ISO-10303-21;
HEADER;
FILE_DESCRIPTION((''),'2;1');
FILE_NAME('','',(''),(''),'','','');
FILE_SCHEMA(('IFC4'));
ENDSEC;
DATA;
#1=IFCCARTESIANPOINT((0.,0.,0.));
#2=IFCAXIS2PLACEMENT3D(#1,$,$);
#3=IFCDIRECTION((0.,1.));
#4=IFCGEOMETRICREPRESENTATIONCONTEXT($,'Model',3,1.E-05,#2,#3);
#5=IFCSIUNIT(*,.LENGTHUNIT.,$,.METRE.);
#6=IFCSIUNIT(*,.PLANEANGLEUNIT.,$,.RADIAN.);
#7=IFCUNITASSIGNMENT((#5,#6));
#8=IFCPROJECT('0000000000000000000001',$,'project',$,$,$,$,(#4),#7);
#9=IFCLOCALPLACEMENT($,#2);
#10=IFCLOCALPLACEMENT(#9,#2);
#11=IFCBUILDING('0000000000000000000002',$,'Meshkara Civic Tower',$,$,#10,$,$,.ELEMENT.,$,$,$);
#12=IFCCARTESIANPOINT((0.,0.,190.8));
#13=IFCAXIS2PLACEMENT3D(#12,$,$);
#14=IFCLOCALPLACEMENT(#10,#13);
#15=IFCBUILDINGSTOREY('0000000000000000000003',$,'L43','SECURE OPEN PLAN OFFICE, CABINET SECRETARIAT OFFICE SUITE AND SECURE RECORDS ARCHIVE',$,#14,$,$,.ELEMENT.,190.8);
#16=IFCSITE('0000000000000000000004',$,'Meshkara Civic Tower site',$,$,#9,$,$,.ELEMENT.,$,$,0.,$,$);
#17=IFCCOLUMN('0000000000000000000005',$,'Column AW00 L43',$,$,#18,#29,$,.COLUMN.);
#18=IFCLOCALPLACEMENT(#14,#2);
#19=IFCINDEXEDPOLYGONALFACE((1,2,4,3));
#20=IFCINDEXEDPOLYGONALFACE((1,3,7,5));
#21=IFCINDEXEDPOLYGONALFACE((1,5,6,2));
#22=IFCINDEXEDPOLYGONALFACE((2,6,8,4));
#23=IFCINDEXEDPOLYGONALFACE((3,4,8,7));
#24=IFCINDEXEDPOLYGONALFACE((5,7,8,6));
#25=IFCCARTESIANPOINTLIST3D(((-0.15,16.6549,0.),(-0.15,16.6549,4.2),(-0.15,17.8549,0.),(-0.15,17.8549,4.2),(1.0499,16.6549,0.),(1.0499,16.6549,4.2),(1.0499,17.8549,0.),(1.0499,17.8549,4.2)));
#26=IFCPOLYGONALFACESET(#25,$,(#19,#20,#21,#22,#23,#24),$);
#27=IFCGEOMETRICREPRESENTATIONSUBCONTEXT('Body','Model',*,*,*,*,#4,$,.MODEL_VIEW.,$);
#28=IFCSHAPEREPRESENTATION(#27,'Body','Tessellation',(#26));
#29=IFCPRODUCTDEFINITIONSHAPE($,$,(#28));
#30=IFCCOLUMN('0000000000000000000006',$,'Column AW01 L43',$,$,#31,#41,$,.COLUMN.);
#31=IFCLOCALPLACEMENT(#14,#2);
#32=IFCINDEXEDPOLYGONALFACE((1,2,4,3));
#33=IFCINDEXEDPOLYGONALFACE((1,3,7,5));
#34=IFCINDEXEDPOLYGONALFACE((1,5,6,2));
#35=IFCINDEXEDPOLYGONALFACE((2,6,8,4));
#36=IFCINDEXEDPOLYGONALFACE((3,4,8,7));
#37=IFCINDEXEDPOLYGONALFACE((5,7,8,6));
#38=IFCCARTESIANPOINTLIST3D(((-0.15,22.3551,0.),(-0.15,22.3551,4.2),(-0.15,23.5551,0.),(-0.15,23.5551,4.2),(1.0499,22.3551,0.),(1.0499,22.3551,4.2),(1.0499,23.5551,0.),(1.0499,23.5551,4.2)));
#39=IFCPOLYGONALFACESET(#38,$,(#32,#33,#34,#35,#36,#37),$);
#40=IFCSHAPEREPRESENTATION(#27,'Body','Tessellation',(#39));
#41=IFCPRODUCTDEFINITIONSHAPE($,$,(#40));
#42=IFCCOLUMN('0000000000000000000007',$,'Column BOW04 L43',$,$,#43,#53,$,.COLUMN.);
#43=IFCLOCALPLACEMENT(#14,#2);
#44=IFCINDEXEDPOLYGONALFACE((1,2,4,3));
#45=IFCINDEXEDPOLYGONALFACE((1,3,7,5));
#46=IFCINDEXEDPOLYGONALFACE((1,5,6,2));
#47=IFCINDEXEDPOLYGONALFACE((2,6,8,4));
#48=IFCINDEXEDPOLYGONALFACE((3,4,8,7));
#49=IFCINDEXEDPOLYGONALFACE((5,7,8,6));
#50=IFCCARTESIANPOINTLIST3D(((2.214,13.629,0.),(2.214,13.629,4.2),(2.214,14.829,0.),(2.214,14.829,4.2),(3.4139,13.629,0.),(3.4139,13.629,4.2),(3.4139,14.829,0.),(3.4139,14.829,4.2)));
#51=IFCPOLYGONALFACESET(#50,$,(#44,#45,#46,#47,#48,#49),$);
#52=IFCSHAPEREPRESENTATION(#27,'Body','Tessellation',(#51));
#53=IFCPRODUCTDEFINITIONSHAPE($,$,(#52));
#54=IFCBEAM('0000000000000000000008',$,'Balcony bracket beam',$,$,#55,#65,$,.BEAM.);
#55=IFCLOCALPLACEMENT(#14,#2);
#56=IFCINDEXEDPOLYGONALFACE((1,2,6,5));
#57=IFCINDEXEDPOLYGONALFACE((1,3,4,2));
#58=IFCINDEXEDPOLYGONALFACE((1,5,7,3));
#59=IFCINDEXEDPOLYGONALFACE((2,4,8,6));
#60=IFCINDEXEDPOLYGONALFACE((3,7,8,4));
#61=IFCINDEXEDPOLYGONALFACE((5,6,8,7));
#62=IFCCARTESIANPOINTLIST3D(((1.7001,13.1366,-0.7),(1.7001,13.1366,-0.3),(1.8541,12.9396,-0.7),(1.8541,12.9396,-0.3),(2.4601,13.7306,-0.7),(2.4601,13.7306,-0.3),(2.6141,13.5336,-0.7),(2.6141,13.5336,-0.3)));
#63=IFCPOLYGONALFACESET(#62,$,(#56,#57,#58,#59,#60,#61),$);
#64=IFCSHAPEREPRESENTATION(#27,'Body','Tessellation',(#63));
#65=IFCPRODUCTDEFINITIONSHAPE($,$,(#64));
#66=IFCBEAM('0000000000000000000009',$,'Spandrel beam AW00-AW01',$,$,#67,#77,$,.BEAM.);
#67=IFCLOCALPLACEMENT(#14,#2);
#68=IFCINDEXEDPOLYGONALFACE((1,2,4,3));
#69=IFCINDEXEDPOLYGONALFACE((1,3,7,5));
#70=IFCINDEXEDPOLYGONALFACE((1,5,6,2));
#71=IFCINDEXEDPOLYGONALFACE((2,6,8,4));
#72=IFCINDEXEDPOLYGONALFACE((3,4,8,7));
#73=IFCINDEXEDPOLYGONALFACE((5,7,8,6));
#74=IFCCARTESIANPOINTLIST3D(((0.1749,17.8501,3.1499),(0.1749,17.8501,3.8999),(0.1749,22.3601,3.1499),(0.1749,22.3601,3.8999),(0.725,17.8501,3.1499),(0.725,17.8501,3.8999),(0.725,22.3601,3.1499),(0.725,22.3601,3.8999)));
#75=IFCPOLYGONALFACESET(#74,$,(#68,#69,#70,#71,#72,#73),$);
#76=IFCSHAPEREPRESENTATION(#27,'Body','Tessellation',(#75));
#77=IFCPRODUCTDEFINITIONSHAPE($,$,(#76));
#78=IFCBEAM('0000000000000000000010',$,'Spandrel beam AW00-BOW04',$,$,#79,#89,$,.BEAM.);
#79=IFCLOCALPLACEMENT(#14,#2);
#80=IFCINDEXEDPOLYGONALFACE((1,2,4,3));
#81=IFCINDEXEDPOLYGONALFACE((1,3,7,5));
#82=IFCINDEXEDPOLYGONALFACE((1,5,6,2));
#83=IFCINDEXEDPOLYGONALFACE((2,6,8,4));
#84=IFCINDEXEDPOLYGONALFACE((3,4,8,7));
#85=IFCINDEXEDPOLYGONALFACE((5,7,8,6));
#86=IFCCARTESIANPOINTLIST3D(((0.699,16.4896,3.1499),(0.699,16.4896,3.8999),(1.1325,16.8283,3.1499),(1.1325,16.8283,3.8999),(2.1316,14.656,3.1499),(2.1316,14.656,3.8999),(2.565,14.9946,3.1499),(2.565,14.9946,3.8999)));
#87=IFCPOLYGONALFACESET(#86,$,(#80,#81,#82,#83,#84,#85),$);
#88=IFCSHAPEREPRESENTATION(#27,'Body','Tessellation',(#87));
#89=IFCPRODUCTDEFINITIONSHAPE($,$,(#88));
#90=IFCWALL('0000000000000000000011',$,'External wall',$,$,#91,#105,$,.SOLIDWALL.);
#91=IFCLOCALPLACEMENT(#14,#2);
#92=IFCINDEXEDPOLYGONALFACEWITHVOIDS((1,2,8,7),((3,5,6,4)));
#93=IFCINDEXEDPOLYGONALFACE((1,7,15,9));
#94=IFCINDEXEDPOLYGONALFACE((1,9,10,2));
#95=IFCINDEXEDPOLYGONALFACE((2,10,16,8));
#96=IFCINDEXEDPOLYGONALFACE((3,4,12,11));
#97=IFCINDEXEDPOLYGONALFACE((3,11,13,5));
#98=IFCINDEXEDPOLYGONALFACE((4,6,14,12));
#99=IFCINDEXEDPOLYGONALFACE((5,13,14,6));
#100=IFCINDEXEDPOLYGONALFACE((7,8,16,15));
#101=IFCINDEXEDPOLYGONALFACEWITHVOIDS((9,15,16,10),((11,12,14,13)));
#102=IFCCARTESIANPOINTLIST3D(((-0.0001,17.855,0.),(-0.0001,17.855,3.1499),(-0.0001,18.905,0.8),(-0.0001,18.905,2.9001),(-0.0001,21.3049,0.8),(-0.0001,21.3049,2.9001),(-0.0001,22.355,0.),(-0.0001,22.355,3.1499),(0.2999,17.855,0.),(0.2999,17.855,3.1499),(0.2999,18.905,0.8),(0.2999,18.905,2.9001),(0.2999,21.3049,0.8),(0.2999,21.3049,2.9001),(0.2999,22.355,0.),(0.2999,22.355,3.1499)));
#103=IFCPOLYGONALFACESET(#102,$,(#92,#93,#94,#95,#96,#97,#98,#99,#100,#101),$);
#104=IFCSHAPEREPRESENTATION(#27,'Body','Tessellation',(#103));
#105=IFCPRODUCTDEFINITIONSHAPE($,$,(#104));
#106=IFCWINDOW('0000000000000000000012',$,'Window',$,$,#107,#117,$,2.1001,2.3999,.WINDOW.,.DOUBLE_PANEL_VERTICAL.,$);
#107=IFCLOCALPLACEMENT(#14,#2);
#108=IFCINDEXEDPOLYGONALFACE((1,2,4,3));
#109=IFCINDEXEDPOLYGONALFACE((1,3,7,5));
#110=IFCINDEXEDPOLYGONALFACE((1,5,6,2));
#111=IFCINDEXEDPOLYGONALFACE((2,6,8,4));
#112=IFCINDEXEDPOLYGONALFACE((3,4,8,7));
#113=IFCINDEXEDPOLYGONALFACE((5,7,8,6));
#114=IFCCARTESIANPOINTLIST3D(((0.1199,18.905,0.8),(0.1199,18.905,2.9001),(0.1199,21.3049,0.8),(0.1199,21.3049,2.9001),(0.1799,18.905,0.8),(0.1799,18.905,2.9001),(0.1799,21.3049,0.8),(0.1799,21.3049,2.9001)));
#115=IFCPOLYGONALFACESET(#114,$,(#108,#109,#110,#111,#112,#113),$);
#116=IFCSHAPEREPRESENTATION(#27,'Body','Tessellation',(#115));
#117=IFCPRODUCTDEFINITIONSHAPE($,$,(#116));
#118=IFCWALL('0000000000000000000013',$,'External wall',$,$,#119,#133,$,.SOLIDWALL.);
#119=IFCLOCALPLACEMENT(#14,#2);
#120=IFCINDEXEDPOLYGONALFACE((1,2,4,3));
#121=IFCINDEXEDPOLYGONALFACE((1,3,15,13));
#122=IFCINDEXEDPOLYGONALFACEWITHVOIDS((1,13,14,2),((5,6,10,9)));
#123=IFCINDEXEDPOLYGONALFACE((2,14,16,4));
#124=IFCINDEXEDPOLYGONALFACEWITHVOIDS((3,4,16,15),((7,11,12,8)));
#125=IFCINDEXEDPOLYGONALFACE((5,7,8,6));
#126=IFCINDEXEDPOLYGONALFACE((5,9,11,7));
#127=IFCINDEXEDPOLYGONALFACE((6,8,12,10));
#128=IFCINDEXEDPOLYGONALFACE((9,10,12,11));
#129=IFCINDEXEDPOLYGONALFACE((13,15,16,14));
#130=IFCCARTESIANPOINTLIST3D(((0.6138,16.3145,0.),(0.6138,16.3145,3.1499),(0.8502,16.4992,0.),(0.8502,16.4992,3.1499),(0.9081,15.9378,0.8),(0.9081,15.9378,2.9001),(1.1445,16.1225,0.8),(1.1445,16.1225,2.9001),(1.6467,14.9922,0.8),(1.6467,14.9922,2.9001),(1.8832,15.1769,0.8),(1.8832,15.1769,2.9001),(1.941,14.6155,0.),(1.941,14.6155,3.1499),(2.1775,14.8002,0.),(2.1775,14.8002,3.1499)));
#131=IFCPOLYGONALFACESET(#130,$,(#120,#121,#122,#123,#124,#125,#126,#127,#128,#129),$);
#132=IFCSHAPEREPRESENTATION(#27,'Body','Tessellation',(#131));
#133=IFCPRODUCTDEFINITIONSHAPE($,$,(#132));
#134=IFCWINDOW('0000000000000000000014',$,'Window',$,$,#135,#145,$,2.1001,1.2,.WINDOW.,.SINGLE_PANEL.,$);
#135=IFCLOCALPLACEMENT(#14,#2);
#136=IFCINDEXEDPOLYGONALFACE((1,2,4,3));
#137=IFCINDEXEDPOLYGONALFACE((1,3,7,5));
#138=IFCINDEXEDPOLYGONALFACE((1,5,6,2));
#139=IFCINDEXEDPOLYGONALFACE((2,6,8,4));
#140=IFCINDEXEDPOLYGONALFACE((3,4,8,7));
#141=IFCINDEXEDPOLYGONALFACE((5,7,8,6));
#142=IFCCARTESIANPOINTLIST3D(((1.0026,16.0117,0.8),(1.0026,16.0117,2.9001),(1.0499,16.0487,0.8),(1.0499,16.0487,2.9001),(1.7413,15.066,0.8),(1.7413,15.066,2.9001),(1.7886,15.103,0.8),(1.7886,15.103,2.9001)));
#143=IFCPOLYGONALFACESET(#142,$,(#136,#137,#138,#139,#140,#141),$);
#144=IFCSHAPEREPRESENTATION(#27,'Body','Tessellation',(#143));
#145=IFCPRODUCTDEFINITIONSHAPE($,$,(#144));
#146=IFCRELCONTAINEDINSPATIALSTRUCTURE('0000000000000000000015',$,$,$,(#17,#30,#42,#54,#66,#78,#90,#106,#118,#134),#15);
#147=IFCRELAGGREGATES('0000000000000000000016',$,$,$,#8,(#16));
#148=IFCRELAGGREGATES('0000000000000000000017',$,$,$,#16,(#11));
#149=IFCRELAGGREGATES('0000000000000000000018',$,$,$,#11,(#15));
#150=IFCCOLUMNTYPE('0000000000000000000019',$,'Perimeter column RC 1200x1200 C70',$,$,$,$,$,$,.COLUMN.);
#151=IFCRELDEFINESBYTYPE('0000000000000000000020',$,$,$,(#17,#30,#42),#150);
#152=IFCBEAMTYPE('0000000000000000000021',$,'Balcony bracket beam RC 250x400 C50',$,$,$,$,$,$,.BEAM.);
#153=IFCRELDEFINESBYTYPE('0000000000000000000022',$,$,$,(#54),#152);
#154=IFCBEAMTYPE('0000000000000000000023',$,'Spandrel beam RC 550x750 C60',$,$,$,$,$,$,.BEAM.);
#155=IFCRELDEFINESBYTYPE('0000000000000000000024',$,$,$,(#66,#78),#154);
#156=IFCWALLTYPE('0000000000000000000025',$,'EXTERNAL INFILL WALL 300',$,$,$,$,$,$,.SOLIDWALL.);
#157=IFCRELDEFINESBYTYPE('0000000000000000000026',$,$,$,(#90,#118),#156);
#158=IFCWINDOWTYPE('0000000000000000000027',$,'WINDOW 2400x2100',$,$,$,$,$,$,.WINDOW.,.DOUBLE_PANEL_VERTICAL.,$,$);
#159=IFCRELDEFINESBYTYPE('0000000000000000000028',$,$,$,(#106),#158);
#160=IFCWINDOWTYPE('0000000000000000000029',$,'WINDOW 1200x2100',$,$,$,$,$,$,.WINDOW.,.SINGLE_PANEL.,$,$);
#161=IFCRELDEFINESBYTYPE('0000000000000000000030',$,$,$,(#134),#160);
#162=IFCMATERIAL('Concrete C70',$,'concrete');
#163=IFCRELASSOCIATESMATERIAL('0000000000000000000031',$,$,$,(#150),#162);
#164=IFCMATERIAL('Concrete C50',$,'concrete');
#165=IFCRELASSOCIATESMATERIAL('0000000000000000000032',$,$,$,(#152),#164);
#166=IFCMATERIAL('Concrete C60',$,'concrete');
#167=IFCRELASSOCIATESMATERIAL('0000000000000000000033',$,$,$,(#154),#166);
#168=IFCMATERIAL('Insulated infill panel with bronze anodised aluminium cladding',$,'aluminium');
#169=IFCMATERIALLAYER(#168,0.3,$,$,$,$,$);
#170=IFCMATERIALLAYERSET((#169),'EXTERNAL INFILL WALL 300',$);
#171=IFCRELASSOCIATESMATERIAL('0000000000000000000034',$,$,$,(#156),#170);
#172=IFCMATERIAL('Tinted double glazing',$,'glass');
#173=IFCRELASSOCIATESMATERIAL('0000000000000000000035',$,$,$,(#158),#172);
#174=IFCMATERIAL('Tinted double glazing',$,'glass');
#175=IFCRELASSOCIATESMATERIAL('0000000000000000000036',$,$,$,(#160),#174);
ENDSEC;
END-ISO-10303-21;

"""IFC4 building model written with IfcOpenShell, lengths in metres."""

from ifc_helpers import new_model, si_unit, direction, frame, frame_2d, origin, origin_2d, place, context, subcontext, project, spatial, rectangle, extrude, material, layer, layer_set, material_profile, profile_set, type_object, element, fill, save


model = new_model("IFC4")

# Units and contexts
model_context = context("Model", 3, precision=1e-05, world=origin(), true_north=direction((0.0, 1.0)))
body_context = subcontext(model_context, "Body", "Model", "MODEL_VIEW")
ifc_project = project(units=[si_unit("LENGTHUNIT", "METRE"), si_unit("PLANEANGLEUNIT", "RADIAN")], contexts=[model_context])

# Site, building, storey
site_placement = place(None, origin())
site = spatial("IfcSite", under=ifc_project, at=site_placement, Name="Meshkara Civic Tower site", CompositionType="ELEMENT", RefElevation=0.0)
building_placement = place(site_placement, origin())
building = spatial("IfcBuilding", under=site, at=building_placement, Name="Meshkara Civic Tower", CompositionType="ELEMENT")
storey_placement = place(building_placement, frame((0.0, 0.0, 190.8)))
storey = spatial("IfcBuildingStorey", under=building, at=storey_placement, Name="L43", Description="SECURE OPEN PLAN OFFICE, CABINET SECRETARIAT OFFICE SUITE AND SECURE RECORDS ARCHIVE", CompositionType="ELEMENT", Elevation=190.8)

# Columns
ifc_material_1 = material(Name="Concrete C70", Category="concrete")
ifc_material_profile_1 = material_profile(ifc_material_1, rectangle(XDim=1.2, YDim=1.2, at=origin_2d()))
ifc_profile_set_1 = profile_set([ifc_material_profile_1], Name="Concrete C70")
column_type = type_object("IfcColumnType", Name="Perimeter column RC 1200x1200 C70", PredefinedType="COLUMN", material=ifc_profile_set_1)
for number, where, z_axis, x_axis, name in (
    (1, (0.45, 17.2549, 0.0), (0.0, 0.0, 1.0), (1.0, 0.0, 0.0), "Column AW00 L43"),
    (2, (0.45, 22.9551, 0.0), (0.0, 0.0, 1.0), (1.0, 0.0, 0.0), "Column AW01 L43"),
    (3, (2.814, 14.229, 0.0), (0.0, 0.0, 1.0), (1.0, 0.0, 0.0), "Column BOW04 L43"),
):
    element("IfcColumn", number, at=place(storey_placement, frame(where, z_axis=z_axis, x_axis=x_axis)), inside=storey, type_object=column_type, Name=name, PredefinedType="COLUMN", context=body_context, shape_type="SweptSolid", body=[
        extrude(rectangle(XDim=1.2, YDim=1.2, at=origin_2d()), origin(), (0.0, 0.0, 1.0), 4.2),
    ])

# Beams
ifc_material_2 = material(Name="Concrete C50", Category="concrete")
ifc_material_profile_2 = material_profile(ifc_material_2, rectangle(XDim=0.25, YDim=0.3999, at=origin_2d()))
ifc_profile_set_2 = profile_set([ifc_material_profile_2], Name="Concrete C50")
beam_type_1 = type_object("IfcBeamType", Name="Balcony bracket beam RC 250x400 C50", PredefinedType="BEAM", material=ifc_profile_set_2)
beam_1_placement = place(storey_placement, frame((2.5371, 13.6321, -0.5), z_axis=(-0.787905, -0.615796, 0.0), x_axis=(0.615796, -0.787905, 0.0)))
element("IfcBeam", 4, at=beam_1_placement, inside=storey, type_object=beam_type_1, Name="Balcony bracket beam", PredefinedType="BEAM", context=body_context, shape_type="SweptSolid", body=[
    extrude(rectangle(XDim=0.25, YDim=0.3999, at=origin_2d()), origin(), (0.0, 0.0, 1.0), 0.9646),
])
ifc_material_3 = material(Name="Concrete C60", Category="concrete")
ifc_material_profile_3 = material_profile(ifc_material_3, rectangle(XDim=0.55, YDim=0.75, at=origin_2d()))
ifc_profile_set_3 = profile_set([ifc_material_profile_3], Name="Concrete C60")
beam_type_2 = type_object("IfcBeamType", Name="Spandrel beam RC 550x750 C60", PredefinedType="BEAM", material=ifc_profile_set_3)
beam_2_placement = place(storey_placement, frame((0.45, 22.3601, 3.5249), z_axis=(0.0, -1.0, 0.0), x_axis=(1.0, 0.0, 0.0)))
element("IfcBeam", 5, at=beam_2_placement, inside=storey, type_object=beam_type_2, Name="Spandrel beam AW00-AW01", PredefinedType="BEAM", context=body_context, shape_type="SweptSolid", body=[
    extrude(rectangle(XDim=0.55, YDim=0.75, at=origin_2d()), origin(), (0.0, 0.0, 1.0), 4.51),
])
beam_3_placement = place(storey_placement, frame((0.9158, 16.6589, 3.5249), z_axis=(0.615646, -0.788023, 0.0), x_axis=(0.788023, 0.615646, 0.0)))
element("IfcBeam", 6, at=beam_3_placement, inside=storey, type_object=beam_type_2, Name="Spandrel beam AW00-BOW04", PredefinedType="BEAM", context=body_context, shape_type="SweptSolid", body=[
    extrude(rectangle(XDim=0.55, YDim=0.75, at=origin_2d()), origin(), (0.0, 0.0, 1.0), 2.3269),
])

# Walls, openings, windows
ifc_material_4 = material(Name="Insulated infill panel with bronze anodised aluminium cladding", Category="aluminium")
ifc_layer = layer(ifc_material_4, 0.3)
ifc_layer_set = layer_set([ifc_layer], Name="EXTERNAL INFILL WALL 300")
wall_type = type_object("IfcWallType", Name="EXTERNAL INFILL WALL 300", PredefinedType="SOLIDWALL", material=ifc_layer_set)
wall_1_placement = place(storey_placement, frame((0.1499, 22.355, 0.0), z_axis=(0.0, 0.0, 1.0), x_axis=(0.0, -1.0, 0.0)))
wall_1 = element("IfcWall", 7, at=wall_1_placement, inside=storey, type_object=wall_type, Name="External wall", PredefinedType="SOLIDWALL", context=body_context, shape_type="SweptSolid", body=[
    extrude(rectangle(XDim=4.5, YDim=0.3, at=frame_2d((2.25, 0.0))), origin(), (0.0, 0.0, 1.0), 3.1499),
])
opening_1_placement = place(wall_1_placement, frame((1.05, 0.0, 0.8)))
opening_1 = element("IfcOpeningElement", 8, at=opening_1_placement, cuts=wall_1, PredefinedType="OPENING", context=body_context, shape_type="SweptSolid", body=[
    extrude(rectangle(XDim=2.3999, YDim=2.1001, at=frame_2d((1.2, 1.05))), frame((0.0, 0.1599, 0.0), z_axis=(0.0, -1.0, 0.0), x_axis=(1.0, 0.0, 0.0)), (0.0, 0.0, 1.0), 0.3201),
])
ifc_material_5 = material(Name="Tinted double glazing", Category="glass")
window_type_1 = type_object("IfcWindowType", Name="WINDOW 2400x2100", PartitioningType="DOUBLE_PANEL_VERTICAL", PredefinedType="WINDOW", material=ifc_material_5)
window_1_placement = place(opening_1_placement, origin())
window_1 = element("IfcWindow", 9, at=window_1_placement, inside=storey, type_object=window_type_1, Name="Window", OverallHeight=2.1001, OverallWidth=2.3999, PartitioningType="DOUBLE_PANEL_VERTICAL", PredefinedType="WINDOW", context=body_context, shape_type="SweptSolid", body=[
    extrude(rectangle(XDim=2.3999, YDim=2.1001, at=frame_2d((1.2, 1.05))), frame((0.0, 0.03, 0.0), z_axis=(0.0, -1.0, 0.0), x_axis=(1.0, 0.0, 0.0)), (0.0, 0.0, 1.0), 0.0601),
])
fill(opening_1, window_1)
wall_2_placement = place(storey_placement, frame((0.7319, 16.407, 0.0), z_axis=(0.0, 0.0, 1.0), x_axis=(0.615593, -0.788064, 0.0)))
wall_2 = element("IfcWall", 10, at=wall_2_placement, inside=storey, type_object=wall_type, Name="External wall", PredefinedType="SOLIDWALL", context=body_context, shape_type="SweptSolid", body=[
    extrude(rectangle(XDim=2.156, YDim=0.3, at=frame_2d((1.0781, 0.0))), origin(), (0.0, 0.0, 1.0), 3.1499),
])
opening_2_placement = place(wall_2_placement, frame((0.478, 0.0, 0.8)))
opening_2 = element("IfcOpeningElement", 11, at=opening_2_placement, cuts=wall_2, PredefinedType="OPENING", context=body_context, shape_type="SweptSolid", body=[
    extrude(rectangle(XDim=1.2, YDim=2.1001, at=frame_2d((0.6001, 1.05))), frame((0.0, 0.1599, 0.0), z_axis=(0.0, -1.0, 0.0), x_axis=(1.0, 0.0, 0.0)), (0.0, 0.0, 1.0), 0.3201),
])
ifc_material_6 = material(Name="Tinted double glazing", Category="glass")
window_type_2 = type_object("IfcWindowType", Name="WINDOW 1200x2100", PartitioningType="SINGLE_PANEL", PredefinedType="WINDOW", material=ifc_material_6)
window_2_placement = place(opening_2_placement, origin())
window_2 = element("IfcWindow", 12, at=window_2_placement, inside=storey, type_object=window_type_2, Name="Window", OverallHeight=2.1001, OverallWidth=1.2, PartitioningType="SINGLE_PANEL", PredefinedType="WINDOW", context=body_context, shape_type="SweptSolid", body=[
    extrude(rectangle(XDim=1.2, YDim=2.1001, at=frame_2d((0.6001, 1.05))), frame((0.0, 0.03, 0.0), z_axis=(0.0, -1.0, 0.0), x_axis=(1.0, 0.0, 0.0)), (0.0, 0.0, 1.0), 0.0601),
])
fill(opening_2, window_2)

save(model, "model.ifc")
